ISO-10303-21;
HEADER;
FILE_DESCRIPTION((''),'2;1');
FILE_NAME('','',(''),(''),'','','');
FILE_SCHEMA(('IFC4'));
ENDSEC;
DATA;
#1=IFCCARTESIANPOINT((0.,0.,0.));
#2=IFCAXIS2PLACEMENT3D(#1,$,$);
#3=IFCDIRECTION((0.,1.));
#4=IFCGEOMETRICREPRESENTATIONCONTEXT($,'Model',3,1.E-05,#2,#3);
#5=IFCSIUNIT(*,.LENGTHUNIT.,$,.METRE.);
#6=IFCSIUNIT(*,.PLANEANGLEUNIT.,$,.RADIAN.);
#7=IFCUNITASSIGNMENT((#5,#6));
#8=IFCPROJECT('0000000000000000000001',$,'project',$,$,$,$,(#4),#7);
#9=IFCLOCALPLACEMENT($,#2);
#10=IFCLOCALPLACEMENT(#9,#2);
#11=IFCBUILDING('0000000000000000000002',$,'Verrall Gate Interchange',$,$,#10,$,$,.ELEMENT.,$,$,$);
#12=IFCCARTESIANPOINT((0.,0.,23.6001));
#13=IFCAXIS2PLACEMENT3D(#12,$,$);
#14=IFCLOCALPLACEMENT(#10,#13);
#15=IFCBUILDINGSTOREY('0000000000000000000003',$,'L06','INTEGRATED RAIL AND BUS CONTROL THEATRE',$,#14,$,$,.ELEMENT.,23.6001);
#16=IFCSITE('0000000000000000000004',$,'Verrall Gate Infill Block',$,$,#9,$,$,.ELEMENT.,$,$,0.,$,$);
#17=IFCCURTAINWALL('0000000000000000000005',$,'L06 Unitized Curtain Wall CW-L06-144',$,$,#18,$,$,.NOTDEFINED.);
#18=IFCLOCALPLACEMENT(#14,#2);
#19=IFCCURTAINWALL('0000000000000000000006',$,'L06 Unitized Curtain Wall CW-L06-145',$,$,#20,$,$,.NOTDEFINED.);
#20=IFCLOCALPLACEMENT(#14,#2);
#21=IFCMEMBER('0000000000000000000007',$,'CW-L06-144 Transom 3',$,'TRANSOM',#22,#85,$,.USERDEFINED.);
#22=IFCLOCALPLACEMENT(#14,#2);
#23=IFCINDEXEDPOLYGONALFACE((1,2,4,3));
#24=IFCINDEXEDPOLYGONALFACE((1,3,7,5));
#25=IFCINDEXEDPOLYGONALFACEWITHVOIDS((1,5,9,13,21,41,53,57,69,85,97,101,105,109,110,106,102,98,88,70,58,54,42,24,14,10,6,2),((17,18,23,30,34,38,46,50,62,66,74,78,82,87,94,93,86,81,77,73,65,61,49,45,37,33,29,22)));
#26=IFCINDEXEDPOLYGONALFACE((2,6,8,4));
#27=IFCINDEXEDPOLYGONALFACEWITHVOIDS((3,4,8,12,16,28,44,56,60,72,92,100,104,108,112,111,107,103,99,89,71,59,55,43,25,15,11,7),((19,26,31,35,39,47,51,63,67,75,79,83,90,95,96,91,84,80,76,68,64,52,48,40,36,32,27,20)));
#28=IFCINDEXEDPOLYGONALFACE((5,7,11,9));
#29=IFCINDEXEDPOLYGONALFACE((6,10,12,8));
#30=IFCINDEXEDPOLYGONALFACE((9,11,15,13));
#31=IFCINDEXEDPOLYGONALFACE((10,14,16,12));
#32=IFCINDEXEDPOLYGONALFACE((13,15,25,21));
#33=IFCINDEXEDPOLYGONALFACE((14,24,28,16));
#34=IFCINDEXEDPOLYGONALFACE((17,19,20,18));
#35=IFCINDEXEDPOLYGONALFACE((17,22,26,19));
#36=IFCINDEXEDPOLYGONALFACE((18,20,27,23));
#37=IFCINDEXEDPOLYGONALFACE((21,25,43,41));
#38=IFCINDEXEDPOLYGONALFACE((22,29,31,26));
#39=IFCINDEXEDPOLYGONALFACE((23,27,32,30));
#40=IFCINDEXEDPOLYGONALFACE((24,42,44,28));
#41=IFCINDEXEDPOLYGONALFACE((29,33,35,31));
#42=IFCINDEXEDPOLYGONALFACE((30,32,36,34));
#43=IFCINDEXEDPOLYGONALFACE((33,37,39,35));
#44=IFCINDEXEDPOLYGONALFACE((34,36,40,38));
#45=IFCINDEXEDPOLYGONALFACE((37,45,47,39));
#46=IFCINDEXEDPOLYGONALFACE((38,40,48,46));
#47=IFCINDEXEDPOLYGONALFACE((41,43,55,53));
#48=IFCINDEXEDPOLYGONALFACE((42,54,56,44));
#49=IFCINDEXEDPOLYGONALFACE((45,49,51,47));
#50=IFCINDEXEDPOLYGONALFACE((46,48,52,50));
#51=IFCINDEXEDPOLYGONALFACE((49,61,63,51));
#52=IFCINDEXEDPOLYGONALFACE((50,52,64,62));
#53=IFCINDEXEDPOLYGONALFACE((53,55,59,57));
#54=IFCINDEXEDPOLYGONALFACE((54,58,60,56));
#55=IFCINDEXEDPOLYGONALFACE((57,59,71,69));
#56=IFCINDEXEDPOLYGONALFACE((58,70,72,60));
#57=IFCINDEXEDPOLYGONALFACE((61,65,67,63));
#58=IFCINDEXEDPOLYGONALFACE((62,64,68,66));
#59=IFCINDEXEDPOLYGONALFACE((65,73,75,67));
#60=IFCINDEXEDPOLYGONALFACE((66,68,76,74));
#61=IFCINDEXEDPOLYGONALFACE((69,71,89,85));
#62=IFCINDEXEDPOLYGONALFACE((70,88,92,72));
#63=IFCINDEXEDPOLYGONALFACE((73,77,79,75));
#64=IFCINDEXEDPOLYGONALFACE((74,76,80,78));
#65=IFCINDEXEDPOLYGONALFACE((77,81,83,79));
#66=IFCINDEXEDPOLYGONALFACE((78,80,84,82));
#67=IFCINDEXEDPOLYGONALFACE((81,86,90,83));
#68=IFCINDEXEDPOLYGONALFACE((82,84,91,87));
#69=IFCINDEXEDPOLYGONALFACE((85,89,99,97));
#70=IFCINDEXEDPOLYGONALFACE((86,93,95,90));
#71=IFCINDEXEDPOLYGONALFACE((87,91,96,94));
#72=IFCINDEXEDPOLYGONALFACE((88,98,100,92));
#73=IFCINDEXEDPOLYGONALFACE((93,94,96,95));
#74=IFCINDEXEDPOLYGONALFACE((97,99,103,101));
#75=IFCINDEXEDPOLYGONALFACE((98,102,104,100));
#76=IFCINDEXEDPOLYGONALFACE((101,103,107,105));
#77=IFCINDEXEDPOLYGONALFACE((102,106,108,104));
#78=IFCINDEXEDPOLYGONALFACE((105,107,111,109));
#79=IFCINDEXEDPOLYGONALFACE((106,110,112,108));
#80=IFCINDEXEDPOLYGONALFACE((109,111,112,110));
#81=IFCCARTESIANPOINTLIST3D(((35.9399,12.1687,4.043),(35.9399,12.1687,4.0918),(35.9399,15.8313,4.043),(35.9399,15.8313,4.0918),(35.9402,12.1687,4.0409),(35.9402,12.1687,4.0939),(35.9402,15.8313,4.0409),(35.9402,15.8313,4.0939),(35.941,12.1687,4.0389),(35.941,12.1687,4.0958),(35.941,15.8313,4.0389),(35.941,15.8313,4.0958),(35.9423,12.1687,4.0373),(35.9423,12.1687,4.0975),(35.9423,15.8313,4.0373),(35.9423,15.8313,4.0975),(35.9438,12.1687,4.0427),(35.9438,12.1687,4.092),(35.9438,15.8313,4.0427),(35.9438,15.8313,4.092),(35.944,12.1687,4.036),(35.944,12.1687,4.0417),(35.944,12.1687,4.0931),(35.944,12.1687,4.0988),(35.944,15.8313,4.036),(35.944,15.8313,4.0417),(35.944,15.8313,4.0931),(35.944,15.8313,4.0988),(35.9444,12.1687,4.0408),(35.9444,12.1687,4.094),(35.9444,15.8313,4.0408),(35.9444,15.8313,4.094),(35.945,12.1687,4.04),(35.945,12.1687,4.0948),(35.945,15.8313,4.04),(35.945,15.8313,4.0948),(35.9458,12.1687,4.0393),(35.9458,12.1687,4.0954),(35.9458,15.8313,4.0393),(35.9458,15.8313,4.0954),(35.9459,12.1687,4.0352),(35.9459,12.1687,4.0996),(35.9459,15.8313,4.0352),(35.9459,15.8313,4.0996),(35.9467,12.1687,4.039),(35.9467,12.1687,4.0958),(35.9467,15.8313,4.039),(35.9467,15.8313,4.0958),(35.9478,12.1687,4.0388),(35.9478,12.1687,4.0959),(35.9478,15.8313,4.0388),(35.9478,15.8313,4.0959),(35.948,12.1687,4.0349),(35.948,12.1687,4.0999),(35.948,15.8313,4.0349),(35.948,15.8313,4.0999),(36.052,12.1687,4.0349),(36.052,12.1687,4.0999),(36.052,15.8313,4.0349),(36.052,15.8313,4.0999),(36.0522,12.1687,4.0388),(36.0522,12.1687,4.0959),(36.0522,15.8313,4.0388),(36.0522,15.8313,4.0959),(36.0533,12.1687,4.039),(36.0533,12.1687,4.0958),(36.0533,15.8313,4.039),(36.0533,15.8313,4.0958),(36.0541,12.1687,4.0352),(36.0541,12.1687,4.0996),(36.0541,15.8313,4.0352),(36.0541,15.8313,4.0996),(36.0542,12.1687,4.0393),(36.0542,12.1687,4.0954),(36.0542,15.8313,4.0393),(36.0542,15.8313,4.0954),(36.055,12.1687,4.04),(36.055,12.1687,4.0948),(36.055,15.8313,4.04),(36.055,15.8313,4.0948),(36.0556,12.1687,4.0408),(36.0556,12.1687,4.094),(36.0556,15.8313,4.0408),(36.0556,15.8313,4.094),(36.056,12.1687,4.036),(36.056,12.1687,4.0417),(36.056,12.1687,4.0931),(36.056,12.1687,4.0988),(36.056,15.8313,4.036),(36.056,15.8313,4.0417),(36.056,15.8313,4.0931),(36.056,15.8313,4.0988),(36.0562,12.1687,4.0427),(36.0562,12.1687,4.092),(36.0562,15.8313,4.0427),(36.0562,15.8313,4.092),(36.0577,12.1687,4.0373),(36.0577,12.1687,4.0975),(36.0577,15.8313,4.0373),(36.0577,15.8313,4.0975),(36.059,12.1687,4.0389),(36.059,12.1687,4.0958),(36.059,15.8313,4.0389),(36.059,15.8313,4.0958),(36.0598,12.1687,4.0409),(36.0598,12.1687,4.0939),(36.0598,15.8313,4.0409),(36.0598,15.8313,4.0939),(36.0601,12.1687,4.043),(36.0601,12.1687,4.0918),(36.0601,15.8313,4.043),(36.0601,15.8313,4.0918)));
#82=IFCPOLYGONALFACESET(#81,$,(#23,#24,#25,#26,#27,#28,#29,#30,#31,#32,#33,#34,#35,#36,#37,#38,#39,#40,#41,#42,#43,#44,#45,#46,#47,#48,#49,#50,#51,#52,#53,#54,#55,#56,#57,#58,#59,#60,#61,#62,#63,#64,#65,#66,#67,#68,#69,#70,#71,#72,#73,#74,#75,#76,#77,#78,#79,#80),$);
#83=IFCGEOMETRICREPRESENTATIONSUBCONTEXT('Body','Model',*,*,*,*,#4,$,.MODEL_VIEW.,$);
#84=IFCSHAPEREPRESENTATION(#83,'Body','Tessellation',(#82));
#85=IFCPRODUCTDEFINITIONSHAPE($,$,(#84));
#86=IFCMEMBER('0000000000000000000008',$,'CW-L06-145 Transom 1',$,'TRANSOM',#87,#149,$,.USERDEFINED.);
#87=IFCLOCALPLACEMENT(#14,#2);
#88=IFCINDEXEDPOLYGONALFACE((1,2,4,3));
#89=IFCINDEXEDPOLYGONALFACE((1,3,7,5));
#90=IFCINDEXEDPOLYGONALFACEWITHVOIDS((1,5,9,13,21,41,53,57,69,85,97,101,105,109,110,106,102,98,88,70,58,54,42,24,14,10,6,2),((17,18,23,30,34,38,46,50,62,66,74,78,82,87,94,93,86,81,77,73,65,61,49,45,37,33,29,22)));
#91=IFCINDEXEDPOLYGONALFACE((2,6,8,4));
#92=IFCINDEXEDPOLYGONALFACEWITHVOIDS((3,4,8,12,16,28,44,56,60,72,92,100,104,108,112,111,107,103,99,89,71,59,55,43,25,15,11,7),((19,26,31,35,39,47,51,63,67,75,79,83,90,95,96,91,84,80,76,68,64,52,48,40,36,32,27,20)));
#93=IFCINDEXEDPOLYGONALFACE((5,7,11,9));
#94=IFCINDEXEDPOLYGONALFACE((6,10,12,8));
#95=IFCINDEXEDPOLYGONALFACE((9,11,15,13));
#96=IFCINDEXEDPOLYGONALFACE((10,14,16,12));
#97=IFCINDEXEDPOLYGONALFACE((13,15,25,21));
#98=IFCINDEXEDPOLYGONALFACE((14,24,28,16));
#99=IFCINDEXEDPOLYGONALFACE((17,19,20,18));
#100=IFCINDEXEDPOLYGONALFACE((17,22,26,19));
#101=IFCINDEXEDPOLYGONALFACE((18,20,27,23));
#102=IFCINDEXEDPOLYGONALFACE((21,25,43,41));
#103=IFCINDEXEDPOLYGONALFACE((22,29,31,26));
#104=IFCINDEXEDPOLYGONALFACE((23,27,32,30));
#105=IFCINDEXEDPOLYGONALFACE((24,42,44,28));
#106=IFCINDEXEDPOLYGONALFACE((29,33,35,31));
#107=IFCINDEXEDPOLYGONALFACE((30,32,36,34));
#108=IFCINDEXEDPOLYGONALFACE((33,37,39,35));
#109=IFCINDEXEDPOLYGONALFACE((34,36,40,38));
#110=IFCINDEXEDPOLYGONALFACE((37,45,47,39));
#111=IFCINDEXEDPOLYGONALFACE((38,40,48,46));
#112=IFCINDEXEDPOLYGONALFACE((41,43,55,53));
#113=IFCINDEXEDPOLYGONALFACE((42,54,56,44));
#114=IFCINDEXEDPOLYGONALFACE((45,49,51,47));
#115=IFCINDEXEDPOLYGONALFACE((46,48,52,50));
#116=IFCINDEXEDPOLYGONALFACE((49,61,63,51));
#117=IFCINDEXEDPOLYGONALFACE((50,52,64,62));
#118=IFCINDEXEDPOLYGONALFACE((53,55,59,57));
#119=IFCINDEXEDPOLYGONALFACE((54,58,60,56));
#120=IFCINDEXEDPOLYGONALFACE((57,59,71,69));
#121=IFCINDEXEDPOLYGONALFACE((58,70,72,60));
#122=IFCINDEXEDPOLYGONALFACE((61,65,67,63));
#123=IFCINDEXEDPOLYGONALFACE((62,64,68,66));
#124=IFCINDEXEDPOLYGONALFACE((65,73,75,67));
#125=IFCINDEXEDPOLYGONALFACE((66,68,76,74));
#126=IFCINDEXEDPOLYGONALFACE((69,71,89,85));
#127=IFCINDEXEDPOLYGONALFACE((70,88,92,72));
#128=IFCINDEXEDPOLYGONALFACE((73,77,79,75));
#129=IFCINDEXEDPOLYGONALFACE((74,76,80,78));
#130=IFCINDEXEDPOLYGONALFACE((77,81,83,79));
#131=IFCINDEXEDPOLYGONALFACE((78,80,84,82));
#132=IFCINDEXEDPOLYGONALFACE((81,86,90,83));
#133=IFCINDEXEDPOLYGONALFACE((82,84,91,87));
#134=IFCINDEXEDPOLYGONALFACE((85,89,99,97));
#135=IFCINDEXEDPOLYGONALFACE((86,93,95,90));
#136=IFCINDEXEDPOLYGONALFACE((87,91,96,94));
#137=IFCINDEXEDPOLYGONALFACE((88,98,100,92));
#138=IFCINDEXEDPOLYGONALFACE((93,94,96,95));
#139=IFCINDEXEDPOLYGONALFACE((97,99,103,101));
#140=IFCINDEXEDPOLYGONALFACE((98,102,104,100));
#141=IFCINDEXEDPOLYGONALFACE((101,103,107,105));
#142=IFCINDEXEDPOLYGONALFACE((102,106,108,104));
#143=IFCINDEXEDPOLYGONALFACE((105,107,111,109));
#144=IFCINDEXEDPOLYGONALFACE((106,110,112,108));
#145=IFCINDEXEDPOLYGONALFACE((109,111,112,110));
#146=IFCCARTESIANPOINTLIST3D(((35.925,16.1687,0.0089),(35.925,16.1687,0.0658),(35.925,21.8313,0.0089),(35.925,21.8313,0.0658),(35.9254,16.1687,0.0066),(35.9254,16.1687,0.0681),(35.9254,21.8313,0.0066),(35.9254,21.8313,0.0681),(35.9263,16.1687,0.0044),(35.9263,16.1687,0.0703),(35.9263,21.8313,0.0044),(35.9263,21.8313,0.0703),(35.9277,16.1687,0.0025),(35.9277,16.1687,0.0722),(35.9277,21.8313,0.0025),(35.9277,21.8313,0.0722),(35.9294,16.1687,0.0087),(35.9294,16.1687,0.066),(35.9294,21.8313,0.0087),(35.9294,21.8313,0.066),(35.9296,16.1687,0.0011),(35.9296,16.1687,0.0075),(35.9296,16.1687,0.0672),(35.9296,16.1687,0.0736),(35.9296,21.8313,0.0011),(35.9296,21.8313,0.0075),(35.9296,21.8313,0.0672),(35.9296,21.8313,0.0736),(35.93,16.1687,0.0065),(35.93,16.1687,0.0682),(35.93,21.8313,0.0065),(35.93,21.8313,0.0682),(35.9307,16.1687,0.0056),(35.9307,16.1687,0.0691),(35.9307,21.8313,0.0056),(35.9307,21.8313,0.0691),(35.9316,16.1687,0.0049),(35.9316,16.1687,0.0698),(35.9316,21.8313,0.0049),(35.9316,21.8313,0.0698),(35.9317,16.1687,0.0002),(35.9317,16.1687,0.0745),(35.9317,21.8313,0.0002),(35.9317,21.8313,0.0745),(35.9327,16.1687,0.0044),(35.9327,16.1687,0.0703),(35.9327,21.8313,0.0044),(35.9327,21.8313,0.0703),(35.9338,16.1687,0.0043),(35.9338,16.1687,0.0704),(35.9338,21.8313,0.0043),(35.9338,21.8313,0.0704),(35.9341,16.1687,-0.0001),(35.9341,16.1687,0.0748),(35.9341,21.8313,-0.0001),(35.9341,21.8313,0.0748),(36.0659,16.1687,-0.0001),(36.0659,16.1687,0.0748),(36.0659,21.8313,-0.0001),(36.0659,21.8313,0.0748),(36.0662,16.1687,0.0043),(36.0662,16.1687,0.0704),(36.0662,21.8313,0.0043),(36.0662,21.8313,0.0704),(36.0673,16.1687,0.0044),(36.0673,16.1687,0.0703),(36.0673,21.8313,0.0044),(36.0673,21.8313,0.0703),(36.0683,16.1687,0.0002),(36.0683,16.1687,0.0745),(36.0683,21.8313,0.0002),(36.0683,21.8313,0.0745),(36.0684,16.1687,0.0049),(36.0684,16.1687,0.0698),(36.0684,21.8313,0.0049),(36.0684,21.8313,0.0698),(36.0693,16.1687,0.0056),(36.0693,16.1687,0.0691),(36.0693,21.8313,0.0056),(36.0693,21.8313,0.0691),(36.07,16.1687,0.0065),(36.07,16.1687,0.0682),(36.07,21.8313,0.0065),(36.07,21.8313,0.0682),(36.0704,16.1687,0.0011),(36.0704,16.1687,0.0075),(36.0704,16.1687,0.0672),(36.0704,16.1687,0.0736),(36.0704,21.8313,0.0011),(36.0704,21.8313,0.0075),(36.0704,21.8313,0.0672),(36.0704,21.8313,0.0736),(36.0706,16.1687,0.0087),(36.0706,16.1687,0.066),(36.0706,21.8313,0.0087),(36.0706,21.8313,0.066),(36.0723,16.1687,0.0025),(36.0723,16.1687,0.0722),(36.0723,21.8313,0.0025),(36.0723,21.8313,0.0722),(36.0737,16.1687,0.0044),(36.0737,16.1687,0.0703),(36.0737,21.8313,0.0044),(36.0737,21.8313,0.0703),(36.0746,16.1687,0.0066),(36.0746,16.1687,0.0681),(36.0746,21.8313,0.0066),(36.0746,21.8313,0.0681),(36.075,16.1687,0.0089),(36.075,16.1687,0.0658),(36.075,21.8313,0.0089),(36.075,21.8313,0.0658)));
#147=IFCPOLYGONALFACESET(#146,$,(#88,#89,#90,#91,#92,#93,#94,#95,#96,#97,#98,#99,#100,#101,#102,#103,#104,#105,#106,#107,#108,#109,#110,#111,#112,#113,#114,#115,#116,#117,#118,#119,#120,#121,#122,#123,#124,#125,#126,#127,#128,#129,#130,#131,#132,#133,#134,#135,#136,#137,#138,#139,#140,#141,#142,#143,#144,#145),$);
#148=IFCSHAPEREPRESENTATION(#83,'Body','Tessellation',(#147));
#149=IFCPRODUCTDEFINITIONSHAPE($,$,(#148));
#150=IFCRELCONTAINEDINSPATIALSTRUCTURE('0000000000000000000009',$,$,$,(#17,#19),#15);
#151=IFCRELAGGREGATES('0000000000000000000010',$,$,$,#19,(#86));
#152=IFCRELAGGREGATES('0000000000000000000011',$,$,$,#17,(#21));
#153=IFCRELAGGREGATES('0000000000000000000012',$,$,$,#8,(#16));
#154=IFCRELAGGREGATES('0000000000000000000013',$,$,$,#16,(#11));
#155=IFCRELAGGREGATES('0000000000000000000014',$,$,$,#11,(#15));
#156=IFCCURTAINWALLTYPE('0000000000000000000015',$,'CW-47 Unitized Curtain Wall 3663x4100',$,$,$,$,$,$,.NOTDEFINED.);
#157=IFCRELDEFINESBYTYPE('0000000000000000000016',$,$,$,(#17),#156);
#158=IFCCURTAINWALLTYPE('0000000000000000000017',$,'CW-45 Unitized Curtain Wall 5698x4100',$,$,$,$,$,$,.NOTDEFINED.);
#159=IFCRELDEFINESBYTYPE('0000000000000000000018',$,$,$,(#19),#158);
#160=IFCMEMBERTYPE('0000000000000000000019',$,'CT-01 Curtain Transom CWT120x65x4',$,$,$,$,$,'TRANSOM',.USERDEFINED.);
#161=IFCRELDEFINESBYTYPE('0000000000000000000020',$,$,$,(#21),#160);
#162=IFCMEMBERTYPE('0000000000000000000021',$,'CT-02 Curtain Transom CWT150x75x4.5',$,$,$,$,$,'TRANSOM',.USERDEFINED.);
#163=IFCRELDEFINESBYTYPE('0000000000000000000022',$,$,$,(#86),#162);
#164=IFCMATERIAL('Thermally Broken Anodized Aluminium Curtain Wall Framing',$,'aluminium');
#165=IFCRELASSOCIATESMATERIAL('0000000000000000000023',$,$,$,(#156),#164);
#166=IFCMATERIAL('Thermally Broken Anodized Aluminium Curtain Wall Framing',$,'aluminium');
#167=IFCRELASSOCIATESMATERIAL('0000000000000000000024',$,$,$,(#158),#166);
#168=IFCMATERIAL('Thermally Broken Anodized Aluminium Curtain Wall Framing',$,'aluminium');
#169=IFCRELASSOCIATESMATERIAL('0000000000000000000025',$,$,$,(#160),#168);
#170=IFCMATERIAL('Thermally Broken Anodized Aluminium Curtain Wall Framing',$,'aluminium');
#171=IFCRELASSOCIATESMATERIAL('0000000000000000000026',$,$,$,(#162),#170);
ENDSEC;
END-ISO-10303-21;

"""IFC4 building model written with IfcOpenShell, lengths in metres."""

from ifc_helpers import new_model, si_unit, direction, frame, origin, origin_2d, place, context, subcontext, project, spatial, hollow_rectangle, extrude, material, material_profile, profile_set, type_object, element, aggregate, save


model = new_model("IFC4")

# Units and contexts
model_context = context("Model", 3, precision=1e-05, world=origin(), true_north=direction((0.0, 1.0)))
body_context = subcontext(model_context, "Body", "Model", "MODEL_VIEW")
ifc_project = project(units=[si_unit("LENGTHUNIT", "METRE"), si_unit("PLANEANGLEUNIT", "RADIAN")], contexts=[model_context])

# Site, building, storey
site_placement = place(None, origin())
site = spatial("IfcSite", under=ifc_project, at=site_placement, Name="Verrall Gate Infill Block", CompositionType="ELEMENT", RefElevation=0.0)
building_placement = place(site_placement, origin())
building = spatial("IfcBuilding", under=site, at=building_placement, Name="Verrall Gate Interchange", CompositionType="ELEMENT")
storey_placement = place(building_placement, frame((0.0, 0.0, 23.6001)))
storey = spatial("IfcBuildingStorey", under=building, at=storey_placement, Name="L06", Description="INTEGRATED RAIL AND BUS CONTROL THEATRE", CompositionType="ELEMENT", Elevation=23.6001)

# Curtain wall
ifc_material_1 = material(Name="Thermally Broken Anodized Aluminium Curtain Wall Framing", Category="aluminium")
curtain_wall_type_1 = type_object("IfcCurtainWallType", Name="CW-47 Unitized Curtain Wall 3663x4100", PredefinedType="NOTDEFINED", material=ifc_material_1)
curtain_wall_1_placement = place(storey_placement, origin())
curtain_wall_1 = element("IfcCurtainWall", 1, at=curtain_wall_1_placement, inside=storey, type_object=curtain_wall_type_1, Name="L06 Unitized Curtain Wall CW-L06-144", PredefinedType="NOTDEFINED")

# Curtain wall
ifc_material_2 = material(Name="Thermally Broken Anodized Aluminium Curtain Wall Framing", Category="aluminium")
curtain_wall_type_2 = type_object("IfcCurtainWallType", Name="CW-45 Unitized Curtain Wall 5698x4100", PredefinedType="NOTDEFINED", material=ifc_material_2)
curtain_wall_2_placement = place(storey_placement, origin())
curtain_wall_2 = element("IfcCurtainWall", 2, at=curtain_wall_2_placement, inside=storey, type_object=curtain_wall_type_2, Name="L06 Unitized Curtain Wall CW-L06-145", PredefinedType="NOTDEFINED")

# Members
ifc_material_3 = material(Name="Thermally Broken Anodized Aluminium Curtain Wall Framing", Category="aluminium")
ifc_material_profile_1 = material_profile(ifc_material_3, hollow_rectangle(XDim=0.1201, YDim=0.0649, WallThickness=0.0039, InnerFilletRadius=0.0039, OuterFilletRadius=0.0081, at=origin_2d()), Name="CWT120x65x4")
ifc_profile_set_1 = profile_set([ifc_material_profile_1], Name="Thermally Broken Anodized Aluminium Curtain Wall Framing")
member_type_1 = type_object("IfcMemberType", Name="CT-01 Curtain Transom CWT120x65x4", ElementType="TRANSOM", PredefinedType="USERDEFINED", material=ifc_profile_set_1)
member_1_placement = place(storey_placement, frame((36.0, 12.1687, 4.0674), z_axis=(0.0, 1.0, 0.0), x_axis=(-1.0, 0.0, 0.0)))
member_1 = element("IfcMember", 3, at=member_1_placement, type_object=member_type_1, Name="CW-L06-144 Transom 3", ObjectType="TRANSOM", PredefinedType="USERDEFINED", context=body_context, shape_type="SweptSolid", body=[
    extrude(hollow_rectangle(XDim=0.1201, YDim=0.0649, WallThickness=0.0039, InnerFilletRadius=0.0039, OuterFilletRadius=0.0081, at=origin_2d()), origin(), (0.0, 0.0, 1.0), 3.6626),
])
ifc_material_4 = material(Name="Thermally Broken Anodized Aluminium Curtain Wall Framing", Category="aluminium")
ifc_material_profile_2 = material_profile(ifc_material_4, hollow_rectangle(XDim=0.1499, YDim=0.075, WallThickness=0.0044, InnerFilletRadius=0.0044, OuterFilletRadius=0.009, at=origin_2d()), Name="CWT150x75x4.5")
ifc_profile_set_2 = profile_set([ifc_material_profile_2], Name="Thermally Broken Anodized Aluminium Curtain Wall Framing")
member_type_2 = type_object("IfcMemberType", Name="CT-02 Curtain Transom CWT150x75x4.5", ElementType="TRANSOM", PredefinedType="USERDEFINED", material=ifc_profile_set_2)
member_2_placement = place(storey_placement, frame((36.0, 16.1687, 0.0374), z_axis=(0.0, 1.0, 0.0), x_axis=(-1.0, 0.0, 0.0)))
member_2 = element("IfcMember", 4, at=member_2_placement, type_object=member_type_2, Name="CW-L06-145 Transom 1", ObjectType="TRANSOM", PredefinedType="USERDEFINED", context=body_context, shape_type="SweptSolid", body=[
    extrude(hollow_rectangle(XDim=0.1499, YDim=0.075, WallThickness=0.0044, InnerFilletRadius=0.0044, OuterFilletRadius=0.009, at=origin_2d()), origin(), (0.0, 0.0, 1.0), 5.6626),
])
aggregate(curtain_wall_2, [member_2])

aggregate(curtain_wall_1, [member_1])

save(model, "model.ifc")
